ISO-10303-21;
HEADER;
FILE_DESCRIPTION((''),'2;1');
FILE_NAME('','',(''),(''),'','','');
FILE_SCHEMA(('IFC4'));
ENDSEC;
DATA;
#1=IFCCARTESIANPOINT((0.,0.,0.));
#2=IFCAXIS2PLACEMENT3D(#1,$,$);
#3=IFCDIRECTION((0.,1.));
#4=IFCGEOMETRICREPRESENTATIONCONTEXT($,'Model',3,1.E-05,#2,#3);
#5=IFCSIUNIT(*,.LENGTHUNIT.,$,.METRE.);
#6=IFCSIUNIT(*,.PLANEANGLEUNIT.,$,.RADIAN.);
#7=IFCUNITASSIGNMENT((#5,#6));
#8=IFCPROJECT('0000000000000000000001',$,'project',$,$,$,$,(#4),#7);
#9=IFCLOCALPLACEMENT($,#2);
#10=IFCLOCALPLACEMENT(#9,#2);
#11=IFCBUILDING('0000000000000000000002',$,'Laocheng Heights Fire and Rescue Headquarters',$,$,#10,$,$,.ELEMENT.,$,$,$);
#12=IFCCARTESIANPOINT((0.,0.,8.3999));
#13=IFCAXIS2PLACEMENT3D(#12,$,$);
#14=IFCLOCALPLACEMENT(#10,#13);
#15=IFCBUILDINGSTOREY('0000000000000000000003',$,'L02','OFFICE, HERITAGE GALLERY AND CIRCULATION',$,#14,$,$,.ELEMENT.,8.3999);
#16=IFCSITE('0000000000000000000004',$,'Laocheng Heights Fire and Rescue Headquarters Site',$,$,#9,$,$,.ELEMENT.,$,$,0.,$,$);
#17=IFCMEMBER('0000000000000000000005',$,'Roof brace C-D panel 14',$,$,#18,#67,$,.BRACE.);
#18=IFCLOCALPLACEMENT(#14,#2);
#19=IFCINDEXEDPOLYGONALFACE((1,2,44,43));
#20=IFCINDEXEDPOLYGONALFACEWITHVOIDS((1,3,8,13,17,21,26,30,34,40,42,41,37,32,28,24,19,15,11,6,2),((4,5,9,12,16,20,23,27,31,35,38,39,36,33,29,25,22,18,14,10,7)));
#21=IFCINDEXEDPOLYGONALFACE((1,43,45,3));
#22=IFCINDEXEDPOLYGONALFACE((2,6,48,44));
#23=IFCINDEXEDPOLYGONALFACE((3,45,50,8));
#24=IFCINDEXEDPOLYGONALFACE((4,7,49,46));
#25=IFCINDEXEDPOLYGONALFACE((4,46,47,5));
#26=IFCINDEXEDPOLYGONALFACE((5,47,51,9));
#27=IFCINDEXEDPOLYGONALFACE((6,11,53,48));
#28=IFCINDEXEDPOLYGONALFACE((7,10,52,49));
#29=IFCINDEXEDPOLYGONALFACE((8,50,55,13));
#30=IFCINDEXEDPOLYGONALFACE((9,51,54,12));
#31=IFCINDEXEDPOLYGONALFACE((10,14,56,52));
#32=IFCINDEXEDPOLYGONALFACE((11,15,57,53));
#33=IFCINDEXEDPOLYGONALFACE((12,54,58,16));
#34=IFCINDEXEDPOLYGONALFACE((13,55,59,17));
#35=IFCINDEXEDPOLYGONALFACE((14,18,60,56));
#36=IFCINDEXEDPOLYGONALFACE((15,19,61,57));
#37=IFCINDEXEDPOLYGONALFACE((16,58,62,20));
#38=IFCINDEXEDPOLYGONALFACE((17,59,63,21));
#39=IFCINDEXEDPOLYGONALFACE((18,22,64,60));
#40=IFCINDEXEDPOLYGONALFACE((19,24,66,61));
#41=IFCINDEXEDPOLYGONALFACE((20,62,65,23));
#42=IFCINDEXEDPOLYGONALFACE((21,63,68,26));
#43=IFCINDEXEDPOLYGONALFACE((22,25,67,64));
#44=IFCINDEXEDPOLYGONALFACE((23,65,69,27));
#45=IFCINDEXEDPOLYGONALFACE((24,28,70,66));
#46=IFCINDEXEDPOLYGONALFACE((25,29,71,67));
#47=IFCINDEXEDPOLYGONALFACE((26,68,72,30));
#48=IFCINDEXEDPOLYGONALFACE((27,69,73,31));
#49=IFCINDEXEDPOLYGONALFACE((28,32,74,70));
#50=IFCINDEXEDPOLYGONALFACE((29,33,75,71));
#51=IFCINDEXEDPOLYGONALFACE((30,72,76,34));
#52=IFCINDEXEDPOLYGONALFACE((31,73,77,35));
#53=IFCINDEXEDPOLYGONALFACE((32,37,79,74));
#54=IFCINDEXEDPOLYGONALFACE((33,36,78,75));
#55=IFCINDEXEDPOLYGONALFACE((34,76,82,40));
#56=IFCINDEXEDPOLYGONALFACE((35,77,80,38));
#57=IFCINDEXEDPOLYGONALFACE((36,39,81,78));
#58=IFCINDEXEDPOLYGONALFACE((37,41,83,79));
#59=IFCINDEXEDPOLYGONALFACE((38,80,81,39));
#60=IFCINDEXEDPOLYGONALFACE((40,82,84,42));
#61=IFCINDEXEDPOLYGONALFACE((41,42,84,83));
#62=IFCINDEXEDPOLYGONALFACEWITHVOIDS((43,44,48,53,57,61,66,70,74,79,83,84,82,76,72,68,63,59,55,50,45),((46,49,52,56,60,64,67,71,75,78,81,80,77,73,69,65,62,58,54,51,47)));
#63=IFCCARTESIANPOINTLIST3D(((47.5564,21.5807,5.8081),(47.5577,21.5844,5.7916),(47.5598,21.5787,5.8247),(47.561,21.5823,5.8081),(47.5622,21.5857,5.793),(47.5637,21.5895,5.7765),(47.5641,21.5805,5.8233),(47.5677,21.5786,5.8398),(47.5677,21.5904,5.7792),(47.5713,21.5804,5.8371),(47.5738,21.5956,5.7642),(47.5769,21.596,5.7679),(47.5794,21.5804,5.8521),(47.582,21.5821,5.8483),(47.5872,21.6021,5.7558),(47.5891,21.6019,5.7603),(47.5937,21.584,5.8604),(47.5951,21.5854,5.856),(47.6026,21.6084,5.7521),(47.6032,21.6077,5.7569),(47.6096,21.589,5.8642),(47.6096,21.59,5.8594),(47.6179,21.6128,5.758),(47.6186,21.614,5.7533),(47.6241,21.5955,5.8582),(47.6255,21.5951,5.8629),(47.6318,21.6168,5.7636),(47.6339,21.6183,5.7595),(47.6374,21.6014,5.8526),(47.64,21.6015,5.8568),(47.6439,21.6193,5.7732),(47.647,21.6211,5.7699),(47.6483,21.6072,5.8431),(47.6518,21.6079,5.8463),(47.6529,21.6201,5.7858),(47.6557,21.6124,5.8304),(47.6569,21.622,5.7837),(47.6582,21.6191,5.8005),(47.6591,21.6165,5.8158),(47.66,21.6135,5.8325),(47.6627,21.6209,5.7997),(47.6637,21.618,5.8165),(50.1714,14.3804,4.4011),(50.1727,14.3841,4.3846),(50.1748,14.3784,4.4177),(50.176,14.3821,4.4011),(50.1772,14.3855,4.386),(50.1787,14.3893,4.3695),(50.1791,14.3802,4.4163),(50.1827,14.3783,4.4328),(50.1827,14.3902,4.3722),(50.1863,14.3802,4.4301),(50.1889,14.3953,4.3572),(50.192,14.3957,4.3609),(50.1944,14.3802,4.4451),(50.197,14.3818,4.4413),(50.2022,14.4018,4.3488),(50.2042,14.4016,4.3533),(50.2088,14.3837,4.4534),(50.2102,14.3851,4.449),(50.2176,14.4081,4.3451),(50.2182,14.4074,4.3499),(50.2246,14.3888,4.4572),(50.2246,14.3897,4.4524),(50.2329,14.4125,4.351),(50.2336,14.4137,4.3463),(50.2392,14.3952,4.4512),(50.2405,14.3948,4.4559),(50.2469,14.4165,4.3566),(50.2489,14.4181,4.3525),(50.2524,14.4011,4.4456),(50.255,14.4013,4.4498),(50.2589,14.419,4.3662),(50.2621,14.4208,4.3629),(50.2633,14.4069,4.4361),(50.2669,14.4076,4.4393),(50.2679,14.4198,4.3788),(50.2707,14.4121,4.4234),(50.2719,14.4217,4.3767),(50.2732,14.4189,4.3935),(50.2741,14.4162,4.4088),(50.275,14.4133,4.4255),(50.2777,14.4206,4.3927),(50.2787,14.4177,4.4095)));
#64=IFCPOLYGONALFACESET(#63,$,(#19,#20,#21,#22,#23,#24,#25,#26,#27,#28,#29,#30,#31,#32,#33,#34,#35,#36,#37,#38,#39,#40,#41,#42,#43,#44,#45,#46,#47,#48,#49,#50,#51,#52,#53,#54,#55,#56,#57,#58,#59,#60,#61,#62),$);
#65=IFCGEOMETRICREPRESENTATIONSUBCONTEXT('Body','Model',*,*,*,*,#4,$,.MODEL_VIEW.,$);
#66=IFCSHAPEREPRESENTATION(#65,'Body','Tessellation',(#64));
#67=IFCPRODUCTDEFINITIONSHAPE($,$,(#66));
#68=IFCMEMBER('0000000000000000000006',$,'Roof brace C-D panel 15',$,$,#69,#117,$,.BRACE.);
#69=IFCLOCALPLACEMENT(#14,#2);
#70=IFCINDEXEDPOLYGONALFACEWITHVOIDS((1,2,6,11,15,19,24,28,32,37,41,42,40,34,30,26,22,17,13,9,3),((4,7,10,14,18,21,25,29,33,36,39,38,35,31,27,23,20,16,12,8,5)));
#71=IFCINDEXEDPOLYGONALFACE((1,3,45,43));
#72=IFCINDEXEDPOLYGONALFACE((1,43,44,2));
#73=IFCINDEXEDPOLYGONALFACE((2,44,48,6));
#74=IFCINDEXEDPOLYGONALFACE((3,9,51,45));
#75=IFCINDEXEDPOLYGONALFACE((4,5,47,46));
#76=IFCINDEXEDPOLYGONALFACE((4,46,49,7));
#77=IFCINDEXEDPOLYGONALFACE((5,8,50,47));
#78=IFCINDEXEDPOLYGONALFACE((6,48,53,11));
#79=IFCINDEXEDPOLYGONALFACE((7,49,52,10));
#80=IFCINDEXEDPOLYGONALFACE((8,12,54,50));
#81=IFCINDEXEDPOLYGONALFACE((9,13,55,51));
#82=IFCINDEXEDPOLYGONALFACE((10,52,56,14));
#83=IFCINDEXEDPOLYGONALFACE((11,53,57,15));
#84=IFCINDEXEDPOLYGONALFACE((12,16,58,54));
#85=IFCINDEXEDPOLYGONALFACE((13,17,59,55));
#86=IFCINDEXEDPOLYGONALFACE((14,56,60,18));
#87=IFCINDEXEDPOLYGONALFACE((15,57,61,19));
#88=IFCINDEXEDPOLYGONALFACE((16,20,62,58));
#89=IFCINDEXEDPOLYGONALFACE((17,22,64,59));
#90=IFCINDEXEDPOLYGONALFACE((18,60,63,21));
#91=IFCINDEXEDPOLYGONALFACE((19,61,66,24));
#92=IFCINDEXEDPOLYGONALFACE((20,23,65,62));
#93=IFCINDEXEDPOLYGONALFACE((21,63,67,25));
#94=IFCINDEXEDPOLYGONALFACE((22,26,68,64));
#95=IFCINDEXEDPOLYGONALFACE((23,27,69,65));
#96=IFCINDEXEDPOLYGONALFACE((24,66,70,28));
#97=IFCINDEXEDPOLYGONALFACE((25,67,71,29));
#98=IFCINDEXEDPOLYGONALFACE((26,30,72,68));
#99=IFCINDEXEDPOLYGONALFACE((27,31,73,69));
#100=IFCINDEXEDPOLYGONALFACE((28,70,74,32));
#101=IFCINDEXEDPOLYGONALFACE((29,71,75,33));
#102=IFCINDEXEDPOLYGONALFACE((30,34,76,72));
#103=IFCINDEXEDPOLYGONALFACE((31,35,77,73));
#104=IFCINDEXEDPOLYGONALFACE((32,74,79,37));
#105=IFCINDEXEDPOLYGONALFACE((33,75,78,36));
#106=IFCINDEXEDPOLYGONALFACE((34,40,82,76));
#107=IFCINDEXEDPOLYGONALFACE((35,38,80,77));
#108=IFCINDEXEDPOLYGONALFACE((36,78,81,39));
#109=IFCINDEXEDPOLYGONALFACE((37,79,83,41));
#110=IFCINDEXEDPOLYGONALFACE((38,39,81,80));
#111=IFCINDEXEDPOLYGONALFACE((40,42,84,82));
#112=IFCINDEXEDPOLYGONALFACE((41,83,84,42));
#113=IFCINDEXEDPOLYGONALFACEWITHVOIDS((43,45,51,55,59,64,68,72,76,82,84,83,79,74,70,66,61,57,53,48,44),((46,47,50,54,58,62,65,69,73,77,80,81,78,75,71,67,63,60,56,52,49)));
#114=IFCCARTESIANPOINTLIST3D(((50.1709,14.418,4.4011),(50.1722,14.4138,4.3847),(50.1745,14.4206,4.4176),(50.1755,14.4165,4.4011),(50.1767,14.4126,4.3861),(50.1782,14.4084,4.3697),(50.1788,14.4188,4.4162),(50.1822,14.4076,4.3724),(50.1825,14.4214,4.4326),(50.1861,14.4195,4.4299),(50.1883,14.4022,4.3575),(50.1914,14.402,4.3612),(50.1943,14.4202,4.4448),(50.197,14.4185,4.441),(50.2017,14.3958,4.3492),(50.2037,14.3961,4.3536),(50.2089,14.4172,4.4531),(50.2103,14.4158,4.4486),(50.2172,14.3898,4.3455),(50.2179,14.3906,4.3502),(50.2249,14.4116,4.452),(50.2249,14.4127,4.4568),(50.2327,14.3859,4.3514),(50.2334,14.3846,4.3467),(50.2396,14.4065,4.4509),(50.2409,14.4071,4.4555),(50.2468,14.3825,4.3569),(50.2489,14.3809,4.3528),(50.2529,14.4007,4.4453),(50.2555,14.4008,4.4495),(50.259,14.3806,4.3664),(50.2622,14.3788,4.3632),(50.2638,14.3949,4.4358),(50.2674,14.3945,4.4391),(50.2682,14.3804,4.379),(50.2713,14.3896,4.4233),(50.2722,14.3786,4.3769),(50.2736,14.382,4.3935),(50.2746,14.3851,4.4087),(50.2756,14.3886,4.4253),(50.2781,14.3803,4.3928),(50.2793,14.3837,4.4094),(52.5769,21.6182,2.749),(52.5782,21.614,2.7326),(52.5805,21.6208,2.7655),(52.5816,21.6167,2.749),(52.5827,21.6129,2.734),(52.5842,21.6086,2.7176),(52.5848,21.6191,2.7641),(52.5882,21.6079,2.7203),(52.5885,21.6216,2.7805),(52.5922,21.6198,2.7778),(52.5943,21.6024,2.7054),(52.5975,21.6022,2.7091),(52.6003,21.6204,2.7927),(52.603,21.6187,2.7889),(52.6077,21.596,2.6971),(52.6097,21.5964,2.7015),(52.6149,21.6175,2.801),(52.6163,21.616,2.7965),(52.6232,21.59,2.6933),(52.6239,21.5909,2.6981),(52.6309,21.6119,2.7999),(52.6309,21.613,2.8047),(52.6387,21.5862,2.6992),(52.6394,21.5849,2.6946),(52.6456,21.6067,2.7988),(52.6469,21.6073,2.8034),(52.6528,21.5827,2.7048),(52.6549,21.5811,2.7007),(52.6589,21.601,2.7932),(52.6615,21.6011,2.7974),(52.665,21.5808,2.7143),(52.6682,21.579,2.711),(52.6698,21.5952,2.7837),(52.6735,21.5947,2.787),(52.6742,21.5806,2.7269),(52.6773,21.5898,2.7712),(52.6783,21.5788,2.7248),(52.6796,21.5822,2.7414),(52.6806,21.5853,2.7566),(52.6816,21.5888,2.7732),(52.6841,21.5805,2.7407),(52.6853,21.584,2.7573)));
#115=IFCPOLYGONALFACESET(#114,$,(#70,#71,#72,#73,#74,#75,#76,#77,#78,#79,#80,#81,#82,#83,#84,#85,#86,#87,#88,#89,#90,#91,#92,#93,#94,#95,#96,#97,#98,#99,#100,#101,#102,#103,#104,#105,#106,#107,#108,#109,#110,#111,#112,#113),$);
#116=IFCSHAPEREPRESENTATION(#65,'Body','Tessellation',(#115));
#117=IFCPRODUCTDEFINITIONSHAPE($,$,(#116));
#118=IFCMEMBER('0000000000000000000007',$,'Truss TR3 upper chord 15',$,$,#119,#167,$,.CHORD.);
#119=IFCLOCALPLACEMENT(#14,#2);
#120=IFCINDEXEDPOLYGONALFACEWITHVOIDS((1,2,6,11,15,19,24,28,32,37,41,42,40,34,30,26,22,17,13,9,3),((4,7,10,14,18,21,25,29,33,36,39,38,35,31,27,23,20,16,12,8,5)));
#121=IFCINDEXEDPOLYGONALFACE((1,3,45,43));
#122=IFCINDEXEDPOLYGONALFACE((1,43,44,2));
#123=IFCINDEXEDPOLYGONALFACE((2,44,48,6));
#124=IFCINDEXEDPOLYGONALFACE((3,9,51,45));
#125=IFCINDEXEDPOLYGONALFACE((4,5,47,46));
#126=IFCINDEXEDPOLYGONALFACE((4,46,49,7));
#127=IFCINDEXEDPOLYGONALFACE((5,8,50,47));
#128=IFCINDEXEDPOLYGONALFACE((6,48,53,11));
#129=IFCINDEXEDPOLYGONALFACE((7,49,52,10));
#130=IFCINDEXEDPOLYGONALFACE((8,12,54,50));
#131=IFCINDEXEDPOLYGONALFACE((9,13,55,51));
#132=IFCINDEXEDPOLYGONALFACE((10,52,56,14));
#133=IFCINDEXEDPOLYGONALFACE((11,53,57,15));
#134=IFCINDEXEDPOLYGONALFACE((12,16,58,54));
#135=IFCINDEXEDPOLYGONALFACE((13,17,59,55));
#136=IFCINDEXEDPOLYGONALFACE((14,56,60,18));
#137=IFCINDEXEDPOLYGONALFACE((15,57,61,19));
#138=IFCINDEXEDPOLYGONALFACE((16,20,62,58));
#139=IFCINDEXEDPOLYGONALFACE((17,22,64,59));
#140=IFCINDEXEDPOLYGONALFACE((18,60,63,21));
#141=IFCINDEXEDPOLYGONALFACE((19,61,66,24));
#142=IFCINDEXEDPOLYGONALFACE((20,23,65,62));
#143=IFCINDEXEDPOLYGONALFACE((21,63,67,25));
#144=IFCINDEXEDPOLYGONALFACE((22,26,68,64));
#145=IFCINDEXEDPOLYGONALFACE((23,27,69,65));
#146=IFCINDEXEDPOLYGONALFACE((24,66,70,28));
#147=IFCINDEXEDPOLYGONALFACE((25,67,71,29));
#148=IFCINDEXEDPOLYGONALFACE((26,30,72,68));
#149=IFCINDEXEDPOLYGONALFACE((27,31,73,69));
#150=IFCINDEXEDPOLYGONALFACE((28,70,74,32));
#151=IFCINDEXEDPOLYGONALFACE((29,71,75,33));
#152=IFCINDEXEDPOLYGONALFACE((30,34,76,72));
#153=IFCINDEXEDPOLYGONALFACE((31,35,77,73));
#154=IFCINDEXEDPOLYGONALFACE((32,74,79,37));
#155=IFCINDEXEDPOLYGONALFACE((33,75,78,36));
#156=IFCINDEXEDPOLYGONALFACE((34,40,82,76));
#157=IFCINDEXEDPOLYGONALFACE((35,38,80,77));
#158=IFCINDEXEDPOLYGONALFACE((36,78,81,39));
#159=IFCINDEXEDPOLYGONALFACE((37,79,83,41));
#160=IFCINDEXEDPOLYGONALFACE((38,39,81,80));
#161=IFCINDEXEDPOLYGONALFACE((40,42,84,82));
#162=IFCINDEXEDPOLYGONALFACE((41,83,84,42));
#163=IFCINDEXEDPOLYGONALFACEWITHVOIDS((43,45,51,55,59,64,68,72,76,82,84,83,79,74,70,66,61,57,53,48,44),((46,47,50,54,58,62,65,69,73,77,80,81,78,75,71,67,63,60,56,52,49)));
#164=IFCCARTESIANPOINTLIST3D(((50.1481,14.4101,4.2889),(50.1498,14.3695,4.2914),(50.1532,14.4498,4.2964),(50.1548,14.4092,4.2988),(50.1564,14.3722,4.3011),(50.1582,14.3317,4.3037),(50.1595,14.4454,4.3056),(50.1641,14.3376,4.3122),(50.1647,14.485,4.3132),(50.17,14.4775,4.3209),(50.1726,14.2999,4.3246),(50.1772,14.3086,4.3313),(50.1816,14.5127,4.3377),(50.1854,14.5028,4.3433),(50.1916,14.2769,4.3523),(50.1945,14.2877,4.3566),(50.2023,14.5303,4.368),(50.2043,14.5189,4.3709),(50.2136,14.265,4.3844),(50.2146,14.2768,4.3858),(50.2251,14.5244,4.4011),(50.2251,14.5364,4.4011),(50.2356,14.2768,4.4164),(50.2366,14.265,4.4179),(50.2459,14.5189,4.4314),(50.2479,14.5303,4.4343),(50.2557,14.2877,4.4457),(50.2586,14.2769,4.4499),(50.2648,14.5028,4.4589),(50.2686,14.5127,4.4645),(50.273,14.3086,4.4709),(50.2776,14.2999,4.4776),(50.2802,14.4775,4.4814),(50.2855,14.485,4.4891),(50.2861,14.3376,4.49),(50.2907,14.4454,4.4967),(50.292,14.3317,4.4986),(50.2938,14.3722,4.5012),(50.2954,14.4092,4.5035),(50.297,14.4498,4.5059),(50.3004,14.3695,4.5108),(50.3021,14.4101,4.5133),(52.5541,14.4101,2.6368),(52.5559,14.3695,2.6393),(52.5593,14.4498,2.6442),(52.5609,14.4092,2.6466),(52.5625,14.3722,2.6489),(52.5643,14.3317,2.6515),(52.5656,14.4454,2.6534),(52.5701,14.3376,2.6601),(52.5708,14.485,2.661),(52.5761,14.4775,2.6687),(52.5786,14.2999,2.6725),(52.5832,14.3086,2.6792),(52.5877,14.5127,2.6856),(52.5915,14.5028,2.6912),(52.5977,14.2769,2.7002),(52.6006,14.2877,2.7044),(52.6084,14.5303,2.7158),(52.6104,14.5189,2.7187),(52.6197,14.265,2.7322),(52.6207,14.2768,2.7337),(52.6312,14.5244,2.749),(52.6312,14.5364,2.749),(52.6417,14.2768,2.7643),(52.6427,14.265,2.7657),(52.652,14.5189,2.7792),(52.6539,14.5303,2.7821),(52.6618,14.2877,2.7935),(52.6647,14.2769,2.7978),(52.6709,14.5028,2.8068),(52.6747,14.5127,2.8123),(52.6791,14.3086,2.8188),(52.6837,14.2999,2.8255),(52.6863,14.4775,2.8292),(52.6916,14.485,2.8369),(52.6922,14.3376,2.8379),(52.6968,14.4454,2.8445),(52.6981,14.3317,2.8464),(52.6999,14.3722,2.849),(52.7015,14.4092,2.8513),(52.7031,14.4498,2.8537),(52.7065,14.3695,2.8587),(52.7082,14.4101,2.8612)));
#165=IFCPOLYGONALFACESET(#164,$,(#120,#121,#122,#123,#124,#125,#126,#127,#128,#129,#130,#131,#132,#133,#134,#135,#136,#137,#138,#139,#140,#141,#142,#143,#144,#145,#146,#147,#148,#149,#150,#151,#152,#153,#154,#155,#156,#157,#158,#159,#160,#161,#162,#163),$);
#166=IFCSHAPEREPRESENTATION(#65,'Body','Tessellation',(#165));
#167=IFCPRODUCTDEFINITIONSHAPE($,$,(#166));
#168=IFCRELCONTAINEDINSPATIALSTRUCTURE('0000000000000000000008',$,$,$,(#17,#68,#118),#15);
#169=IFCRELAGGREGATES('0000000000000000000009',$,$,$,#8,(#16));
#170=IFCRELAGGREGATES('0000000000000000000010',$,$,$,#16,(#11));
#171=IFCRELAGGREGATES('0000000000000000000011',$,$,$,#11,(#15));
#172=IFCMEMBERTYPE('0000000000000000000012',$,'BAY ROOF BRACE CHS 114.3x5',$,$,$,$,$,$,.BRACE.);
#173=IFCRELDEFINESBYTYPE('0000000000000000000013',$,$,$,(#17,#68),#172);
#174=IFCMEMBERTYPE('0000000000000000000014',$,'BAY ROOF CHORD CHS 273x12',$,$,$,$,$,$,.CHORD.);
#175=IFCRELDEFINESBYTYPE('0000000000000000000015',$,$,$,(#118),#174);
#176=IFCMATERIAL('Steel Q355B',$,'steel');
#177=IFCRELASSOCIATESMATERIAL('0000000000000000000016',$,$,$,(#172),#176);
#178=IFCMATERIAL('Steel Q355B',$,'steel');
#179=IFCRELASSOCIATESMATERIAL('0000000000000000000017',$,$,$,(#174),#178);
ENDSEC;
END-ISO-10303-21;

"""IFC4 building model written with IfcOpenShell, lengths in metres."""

from ifc_helpers import new_model, si_unit, direction, frame, origin, origin_2d, place, context, subcontext, project, spatial, hollow_circle, extrude, material, material_profile, profile_set, type_object, element, save


model = new_model("IFC4")

# Units and contexts
model_context = context("Model", 3, precision=1e-05, world=origin(), true_north=direction((0.0, 1.0)))
body_context = subcontext(model_context, "Body", "Model", "MODEL_VIEW")
ifc_project = project(units=[si_unit("LENGTHUNIT", "METRE"), si_unit("PLANEANGLEUNIT", "RADIAN")], contexts=[model_context])

# Site, building, storey
site_placement = place(None, origin())
site = spatial("IfcSite", under=ifc_project, at=site_placement, Name="Laocheng Heights Fire and Rescue Headquarters Site", CompositionType="ELEMENT", RefElevation=0.0)
building_placement = place(site_placement, origin())
building = spatial("IfcBuilding", under=site, at=building_placement, Name="Laocheng Heights Fire and Rescue Headquarters", CompositionType="ELEMENT")
storey_placement = place(building_placement, frame((0.0, 0.0, 8.3999)))
storey = spatial("IfcBuildingStorey", under=building, at=storey_placement, Name="L02", Description="OFFICE, HERITAGE GALLERY AND CIRCULATION", CompositionType="ELEMENT", Elevation=8.3999)

# Members
ifc_material_1 = material(Name="Steel Q355B", Category="steel")
ifc_material_profile_1 = material_profile(ifc_material_1, hollow_circle(Radius=0.0571, WallThickness=0.0049, at=origin_2d()), Name="CHS 114.3x5")
ifc_profile_set_1 = profile_set([ifc_material_profile_1], Name="Steel Q355B")
member_type_1 = type_object("IfcMemberType", Name="BAY ROOF BRACE CHS 114.3x5", PredefinedType="BRACE", material=ifc_profile_set_1)
member_1_placement = place(storey_placement, frame((50.2251, 14.3999, 4.4011), z_axis=(-0.335751, 0.924466, 0.180649), x_axis=(-0.93993, -0.341367, 0.0)))
element("IfcMember", 1, at=member_1_placement, inside=storey, type_object=member_type_1, Name="Roof brace C-D panel 14", PredefinedType="BRACE", context=body_context, shape_type="SweptSolid", body=[
    extrude(hollow_circle(Radius=0.0571, WallThickness=0.0049, at=origin_2d()), origin(), (0.0, 0.0, 1.0), 7.7886),
])
member_2_placement = place(storey_placement, frame((50.2251, 14.3999, 4.4011), z_axis=(0.309684, 0.926757, -0.212646), x_axis=(-0.948448, 0.316932, 0.0)))
element("IfcMember", 2, at=member_2_placement, inside=storey, type_object=member_type_1, Name="Roof brace C-D panel 15", PredefinedType="BRACE", context=body_context, shape_type="SweptSolid", body=[
    extrude(hollow_circle(Radius=0.0571, WallThickness=0.0049, at=origin_2d()), origin(), (0.0, 0.0, 1.0), 7.7693),
])
ifc_material_2 = material(Name="Steel Q355B", Category="steel")
ifc_material_profile_2 = material_profile(ifc_material_2, hollow_circle(Radius=0.1365, WallThickness=0.012, at=origin_2d()), Name="CHS 273x12")
ifc_profile_set_2 = profile_set([ifc_material_profile_2], Name="Steel Q355B")
member_type_2 = type_object("IfcMemberType", Name="BAY ROOF CHORD CHS 273x12", PredefinedType="CHORD", material=ifc_profile_set_2)
member_3_placement = place(storey_placement, frame((50.2251, 14.3999, 4.4011), z_axis=(0.824366, 0.0, -0.566057), x_axis=(0.0, 1.0, 0.0)))
element("IfcMember", 3, at=member_3_placement, inside=storey, type_object=member_type_2, Name="Truss TR3 upper chord 15", PredefinedType="CHORD", context=body_context, shape_type="SweptSolid", body=[
    extrude(hollow_circle(Radius=0.1365, WallThickness=0.012, at=origin_2d()), origin(), (0.0, 0.0, 1.0), 2.9187),
])

save(model, "model.ifc")
